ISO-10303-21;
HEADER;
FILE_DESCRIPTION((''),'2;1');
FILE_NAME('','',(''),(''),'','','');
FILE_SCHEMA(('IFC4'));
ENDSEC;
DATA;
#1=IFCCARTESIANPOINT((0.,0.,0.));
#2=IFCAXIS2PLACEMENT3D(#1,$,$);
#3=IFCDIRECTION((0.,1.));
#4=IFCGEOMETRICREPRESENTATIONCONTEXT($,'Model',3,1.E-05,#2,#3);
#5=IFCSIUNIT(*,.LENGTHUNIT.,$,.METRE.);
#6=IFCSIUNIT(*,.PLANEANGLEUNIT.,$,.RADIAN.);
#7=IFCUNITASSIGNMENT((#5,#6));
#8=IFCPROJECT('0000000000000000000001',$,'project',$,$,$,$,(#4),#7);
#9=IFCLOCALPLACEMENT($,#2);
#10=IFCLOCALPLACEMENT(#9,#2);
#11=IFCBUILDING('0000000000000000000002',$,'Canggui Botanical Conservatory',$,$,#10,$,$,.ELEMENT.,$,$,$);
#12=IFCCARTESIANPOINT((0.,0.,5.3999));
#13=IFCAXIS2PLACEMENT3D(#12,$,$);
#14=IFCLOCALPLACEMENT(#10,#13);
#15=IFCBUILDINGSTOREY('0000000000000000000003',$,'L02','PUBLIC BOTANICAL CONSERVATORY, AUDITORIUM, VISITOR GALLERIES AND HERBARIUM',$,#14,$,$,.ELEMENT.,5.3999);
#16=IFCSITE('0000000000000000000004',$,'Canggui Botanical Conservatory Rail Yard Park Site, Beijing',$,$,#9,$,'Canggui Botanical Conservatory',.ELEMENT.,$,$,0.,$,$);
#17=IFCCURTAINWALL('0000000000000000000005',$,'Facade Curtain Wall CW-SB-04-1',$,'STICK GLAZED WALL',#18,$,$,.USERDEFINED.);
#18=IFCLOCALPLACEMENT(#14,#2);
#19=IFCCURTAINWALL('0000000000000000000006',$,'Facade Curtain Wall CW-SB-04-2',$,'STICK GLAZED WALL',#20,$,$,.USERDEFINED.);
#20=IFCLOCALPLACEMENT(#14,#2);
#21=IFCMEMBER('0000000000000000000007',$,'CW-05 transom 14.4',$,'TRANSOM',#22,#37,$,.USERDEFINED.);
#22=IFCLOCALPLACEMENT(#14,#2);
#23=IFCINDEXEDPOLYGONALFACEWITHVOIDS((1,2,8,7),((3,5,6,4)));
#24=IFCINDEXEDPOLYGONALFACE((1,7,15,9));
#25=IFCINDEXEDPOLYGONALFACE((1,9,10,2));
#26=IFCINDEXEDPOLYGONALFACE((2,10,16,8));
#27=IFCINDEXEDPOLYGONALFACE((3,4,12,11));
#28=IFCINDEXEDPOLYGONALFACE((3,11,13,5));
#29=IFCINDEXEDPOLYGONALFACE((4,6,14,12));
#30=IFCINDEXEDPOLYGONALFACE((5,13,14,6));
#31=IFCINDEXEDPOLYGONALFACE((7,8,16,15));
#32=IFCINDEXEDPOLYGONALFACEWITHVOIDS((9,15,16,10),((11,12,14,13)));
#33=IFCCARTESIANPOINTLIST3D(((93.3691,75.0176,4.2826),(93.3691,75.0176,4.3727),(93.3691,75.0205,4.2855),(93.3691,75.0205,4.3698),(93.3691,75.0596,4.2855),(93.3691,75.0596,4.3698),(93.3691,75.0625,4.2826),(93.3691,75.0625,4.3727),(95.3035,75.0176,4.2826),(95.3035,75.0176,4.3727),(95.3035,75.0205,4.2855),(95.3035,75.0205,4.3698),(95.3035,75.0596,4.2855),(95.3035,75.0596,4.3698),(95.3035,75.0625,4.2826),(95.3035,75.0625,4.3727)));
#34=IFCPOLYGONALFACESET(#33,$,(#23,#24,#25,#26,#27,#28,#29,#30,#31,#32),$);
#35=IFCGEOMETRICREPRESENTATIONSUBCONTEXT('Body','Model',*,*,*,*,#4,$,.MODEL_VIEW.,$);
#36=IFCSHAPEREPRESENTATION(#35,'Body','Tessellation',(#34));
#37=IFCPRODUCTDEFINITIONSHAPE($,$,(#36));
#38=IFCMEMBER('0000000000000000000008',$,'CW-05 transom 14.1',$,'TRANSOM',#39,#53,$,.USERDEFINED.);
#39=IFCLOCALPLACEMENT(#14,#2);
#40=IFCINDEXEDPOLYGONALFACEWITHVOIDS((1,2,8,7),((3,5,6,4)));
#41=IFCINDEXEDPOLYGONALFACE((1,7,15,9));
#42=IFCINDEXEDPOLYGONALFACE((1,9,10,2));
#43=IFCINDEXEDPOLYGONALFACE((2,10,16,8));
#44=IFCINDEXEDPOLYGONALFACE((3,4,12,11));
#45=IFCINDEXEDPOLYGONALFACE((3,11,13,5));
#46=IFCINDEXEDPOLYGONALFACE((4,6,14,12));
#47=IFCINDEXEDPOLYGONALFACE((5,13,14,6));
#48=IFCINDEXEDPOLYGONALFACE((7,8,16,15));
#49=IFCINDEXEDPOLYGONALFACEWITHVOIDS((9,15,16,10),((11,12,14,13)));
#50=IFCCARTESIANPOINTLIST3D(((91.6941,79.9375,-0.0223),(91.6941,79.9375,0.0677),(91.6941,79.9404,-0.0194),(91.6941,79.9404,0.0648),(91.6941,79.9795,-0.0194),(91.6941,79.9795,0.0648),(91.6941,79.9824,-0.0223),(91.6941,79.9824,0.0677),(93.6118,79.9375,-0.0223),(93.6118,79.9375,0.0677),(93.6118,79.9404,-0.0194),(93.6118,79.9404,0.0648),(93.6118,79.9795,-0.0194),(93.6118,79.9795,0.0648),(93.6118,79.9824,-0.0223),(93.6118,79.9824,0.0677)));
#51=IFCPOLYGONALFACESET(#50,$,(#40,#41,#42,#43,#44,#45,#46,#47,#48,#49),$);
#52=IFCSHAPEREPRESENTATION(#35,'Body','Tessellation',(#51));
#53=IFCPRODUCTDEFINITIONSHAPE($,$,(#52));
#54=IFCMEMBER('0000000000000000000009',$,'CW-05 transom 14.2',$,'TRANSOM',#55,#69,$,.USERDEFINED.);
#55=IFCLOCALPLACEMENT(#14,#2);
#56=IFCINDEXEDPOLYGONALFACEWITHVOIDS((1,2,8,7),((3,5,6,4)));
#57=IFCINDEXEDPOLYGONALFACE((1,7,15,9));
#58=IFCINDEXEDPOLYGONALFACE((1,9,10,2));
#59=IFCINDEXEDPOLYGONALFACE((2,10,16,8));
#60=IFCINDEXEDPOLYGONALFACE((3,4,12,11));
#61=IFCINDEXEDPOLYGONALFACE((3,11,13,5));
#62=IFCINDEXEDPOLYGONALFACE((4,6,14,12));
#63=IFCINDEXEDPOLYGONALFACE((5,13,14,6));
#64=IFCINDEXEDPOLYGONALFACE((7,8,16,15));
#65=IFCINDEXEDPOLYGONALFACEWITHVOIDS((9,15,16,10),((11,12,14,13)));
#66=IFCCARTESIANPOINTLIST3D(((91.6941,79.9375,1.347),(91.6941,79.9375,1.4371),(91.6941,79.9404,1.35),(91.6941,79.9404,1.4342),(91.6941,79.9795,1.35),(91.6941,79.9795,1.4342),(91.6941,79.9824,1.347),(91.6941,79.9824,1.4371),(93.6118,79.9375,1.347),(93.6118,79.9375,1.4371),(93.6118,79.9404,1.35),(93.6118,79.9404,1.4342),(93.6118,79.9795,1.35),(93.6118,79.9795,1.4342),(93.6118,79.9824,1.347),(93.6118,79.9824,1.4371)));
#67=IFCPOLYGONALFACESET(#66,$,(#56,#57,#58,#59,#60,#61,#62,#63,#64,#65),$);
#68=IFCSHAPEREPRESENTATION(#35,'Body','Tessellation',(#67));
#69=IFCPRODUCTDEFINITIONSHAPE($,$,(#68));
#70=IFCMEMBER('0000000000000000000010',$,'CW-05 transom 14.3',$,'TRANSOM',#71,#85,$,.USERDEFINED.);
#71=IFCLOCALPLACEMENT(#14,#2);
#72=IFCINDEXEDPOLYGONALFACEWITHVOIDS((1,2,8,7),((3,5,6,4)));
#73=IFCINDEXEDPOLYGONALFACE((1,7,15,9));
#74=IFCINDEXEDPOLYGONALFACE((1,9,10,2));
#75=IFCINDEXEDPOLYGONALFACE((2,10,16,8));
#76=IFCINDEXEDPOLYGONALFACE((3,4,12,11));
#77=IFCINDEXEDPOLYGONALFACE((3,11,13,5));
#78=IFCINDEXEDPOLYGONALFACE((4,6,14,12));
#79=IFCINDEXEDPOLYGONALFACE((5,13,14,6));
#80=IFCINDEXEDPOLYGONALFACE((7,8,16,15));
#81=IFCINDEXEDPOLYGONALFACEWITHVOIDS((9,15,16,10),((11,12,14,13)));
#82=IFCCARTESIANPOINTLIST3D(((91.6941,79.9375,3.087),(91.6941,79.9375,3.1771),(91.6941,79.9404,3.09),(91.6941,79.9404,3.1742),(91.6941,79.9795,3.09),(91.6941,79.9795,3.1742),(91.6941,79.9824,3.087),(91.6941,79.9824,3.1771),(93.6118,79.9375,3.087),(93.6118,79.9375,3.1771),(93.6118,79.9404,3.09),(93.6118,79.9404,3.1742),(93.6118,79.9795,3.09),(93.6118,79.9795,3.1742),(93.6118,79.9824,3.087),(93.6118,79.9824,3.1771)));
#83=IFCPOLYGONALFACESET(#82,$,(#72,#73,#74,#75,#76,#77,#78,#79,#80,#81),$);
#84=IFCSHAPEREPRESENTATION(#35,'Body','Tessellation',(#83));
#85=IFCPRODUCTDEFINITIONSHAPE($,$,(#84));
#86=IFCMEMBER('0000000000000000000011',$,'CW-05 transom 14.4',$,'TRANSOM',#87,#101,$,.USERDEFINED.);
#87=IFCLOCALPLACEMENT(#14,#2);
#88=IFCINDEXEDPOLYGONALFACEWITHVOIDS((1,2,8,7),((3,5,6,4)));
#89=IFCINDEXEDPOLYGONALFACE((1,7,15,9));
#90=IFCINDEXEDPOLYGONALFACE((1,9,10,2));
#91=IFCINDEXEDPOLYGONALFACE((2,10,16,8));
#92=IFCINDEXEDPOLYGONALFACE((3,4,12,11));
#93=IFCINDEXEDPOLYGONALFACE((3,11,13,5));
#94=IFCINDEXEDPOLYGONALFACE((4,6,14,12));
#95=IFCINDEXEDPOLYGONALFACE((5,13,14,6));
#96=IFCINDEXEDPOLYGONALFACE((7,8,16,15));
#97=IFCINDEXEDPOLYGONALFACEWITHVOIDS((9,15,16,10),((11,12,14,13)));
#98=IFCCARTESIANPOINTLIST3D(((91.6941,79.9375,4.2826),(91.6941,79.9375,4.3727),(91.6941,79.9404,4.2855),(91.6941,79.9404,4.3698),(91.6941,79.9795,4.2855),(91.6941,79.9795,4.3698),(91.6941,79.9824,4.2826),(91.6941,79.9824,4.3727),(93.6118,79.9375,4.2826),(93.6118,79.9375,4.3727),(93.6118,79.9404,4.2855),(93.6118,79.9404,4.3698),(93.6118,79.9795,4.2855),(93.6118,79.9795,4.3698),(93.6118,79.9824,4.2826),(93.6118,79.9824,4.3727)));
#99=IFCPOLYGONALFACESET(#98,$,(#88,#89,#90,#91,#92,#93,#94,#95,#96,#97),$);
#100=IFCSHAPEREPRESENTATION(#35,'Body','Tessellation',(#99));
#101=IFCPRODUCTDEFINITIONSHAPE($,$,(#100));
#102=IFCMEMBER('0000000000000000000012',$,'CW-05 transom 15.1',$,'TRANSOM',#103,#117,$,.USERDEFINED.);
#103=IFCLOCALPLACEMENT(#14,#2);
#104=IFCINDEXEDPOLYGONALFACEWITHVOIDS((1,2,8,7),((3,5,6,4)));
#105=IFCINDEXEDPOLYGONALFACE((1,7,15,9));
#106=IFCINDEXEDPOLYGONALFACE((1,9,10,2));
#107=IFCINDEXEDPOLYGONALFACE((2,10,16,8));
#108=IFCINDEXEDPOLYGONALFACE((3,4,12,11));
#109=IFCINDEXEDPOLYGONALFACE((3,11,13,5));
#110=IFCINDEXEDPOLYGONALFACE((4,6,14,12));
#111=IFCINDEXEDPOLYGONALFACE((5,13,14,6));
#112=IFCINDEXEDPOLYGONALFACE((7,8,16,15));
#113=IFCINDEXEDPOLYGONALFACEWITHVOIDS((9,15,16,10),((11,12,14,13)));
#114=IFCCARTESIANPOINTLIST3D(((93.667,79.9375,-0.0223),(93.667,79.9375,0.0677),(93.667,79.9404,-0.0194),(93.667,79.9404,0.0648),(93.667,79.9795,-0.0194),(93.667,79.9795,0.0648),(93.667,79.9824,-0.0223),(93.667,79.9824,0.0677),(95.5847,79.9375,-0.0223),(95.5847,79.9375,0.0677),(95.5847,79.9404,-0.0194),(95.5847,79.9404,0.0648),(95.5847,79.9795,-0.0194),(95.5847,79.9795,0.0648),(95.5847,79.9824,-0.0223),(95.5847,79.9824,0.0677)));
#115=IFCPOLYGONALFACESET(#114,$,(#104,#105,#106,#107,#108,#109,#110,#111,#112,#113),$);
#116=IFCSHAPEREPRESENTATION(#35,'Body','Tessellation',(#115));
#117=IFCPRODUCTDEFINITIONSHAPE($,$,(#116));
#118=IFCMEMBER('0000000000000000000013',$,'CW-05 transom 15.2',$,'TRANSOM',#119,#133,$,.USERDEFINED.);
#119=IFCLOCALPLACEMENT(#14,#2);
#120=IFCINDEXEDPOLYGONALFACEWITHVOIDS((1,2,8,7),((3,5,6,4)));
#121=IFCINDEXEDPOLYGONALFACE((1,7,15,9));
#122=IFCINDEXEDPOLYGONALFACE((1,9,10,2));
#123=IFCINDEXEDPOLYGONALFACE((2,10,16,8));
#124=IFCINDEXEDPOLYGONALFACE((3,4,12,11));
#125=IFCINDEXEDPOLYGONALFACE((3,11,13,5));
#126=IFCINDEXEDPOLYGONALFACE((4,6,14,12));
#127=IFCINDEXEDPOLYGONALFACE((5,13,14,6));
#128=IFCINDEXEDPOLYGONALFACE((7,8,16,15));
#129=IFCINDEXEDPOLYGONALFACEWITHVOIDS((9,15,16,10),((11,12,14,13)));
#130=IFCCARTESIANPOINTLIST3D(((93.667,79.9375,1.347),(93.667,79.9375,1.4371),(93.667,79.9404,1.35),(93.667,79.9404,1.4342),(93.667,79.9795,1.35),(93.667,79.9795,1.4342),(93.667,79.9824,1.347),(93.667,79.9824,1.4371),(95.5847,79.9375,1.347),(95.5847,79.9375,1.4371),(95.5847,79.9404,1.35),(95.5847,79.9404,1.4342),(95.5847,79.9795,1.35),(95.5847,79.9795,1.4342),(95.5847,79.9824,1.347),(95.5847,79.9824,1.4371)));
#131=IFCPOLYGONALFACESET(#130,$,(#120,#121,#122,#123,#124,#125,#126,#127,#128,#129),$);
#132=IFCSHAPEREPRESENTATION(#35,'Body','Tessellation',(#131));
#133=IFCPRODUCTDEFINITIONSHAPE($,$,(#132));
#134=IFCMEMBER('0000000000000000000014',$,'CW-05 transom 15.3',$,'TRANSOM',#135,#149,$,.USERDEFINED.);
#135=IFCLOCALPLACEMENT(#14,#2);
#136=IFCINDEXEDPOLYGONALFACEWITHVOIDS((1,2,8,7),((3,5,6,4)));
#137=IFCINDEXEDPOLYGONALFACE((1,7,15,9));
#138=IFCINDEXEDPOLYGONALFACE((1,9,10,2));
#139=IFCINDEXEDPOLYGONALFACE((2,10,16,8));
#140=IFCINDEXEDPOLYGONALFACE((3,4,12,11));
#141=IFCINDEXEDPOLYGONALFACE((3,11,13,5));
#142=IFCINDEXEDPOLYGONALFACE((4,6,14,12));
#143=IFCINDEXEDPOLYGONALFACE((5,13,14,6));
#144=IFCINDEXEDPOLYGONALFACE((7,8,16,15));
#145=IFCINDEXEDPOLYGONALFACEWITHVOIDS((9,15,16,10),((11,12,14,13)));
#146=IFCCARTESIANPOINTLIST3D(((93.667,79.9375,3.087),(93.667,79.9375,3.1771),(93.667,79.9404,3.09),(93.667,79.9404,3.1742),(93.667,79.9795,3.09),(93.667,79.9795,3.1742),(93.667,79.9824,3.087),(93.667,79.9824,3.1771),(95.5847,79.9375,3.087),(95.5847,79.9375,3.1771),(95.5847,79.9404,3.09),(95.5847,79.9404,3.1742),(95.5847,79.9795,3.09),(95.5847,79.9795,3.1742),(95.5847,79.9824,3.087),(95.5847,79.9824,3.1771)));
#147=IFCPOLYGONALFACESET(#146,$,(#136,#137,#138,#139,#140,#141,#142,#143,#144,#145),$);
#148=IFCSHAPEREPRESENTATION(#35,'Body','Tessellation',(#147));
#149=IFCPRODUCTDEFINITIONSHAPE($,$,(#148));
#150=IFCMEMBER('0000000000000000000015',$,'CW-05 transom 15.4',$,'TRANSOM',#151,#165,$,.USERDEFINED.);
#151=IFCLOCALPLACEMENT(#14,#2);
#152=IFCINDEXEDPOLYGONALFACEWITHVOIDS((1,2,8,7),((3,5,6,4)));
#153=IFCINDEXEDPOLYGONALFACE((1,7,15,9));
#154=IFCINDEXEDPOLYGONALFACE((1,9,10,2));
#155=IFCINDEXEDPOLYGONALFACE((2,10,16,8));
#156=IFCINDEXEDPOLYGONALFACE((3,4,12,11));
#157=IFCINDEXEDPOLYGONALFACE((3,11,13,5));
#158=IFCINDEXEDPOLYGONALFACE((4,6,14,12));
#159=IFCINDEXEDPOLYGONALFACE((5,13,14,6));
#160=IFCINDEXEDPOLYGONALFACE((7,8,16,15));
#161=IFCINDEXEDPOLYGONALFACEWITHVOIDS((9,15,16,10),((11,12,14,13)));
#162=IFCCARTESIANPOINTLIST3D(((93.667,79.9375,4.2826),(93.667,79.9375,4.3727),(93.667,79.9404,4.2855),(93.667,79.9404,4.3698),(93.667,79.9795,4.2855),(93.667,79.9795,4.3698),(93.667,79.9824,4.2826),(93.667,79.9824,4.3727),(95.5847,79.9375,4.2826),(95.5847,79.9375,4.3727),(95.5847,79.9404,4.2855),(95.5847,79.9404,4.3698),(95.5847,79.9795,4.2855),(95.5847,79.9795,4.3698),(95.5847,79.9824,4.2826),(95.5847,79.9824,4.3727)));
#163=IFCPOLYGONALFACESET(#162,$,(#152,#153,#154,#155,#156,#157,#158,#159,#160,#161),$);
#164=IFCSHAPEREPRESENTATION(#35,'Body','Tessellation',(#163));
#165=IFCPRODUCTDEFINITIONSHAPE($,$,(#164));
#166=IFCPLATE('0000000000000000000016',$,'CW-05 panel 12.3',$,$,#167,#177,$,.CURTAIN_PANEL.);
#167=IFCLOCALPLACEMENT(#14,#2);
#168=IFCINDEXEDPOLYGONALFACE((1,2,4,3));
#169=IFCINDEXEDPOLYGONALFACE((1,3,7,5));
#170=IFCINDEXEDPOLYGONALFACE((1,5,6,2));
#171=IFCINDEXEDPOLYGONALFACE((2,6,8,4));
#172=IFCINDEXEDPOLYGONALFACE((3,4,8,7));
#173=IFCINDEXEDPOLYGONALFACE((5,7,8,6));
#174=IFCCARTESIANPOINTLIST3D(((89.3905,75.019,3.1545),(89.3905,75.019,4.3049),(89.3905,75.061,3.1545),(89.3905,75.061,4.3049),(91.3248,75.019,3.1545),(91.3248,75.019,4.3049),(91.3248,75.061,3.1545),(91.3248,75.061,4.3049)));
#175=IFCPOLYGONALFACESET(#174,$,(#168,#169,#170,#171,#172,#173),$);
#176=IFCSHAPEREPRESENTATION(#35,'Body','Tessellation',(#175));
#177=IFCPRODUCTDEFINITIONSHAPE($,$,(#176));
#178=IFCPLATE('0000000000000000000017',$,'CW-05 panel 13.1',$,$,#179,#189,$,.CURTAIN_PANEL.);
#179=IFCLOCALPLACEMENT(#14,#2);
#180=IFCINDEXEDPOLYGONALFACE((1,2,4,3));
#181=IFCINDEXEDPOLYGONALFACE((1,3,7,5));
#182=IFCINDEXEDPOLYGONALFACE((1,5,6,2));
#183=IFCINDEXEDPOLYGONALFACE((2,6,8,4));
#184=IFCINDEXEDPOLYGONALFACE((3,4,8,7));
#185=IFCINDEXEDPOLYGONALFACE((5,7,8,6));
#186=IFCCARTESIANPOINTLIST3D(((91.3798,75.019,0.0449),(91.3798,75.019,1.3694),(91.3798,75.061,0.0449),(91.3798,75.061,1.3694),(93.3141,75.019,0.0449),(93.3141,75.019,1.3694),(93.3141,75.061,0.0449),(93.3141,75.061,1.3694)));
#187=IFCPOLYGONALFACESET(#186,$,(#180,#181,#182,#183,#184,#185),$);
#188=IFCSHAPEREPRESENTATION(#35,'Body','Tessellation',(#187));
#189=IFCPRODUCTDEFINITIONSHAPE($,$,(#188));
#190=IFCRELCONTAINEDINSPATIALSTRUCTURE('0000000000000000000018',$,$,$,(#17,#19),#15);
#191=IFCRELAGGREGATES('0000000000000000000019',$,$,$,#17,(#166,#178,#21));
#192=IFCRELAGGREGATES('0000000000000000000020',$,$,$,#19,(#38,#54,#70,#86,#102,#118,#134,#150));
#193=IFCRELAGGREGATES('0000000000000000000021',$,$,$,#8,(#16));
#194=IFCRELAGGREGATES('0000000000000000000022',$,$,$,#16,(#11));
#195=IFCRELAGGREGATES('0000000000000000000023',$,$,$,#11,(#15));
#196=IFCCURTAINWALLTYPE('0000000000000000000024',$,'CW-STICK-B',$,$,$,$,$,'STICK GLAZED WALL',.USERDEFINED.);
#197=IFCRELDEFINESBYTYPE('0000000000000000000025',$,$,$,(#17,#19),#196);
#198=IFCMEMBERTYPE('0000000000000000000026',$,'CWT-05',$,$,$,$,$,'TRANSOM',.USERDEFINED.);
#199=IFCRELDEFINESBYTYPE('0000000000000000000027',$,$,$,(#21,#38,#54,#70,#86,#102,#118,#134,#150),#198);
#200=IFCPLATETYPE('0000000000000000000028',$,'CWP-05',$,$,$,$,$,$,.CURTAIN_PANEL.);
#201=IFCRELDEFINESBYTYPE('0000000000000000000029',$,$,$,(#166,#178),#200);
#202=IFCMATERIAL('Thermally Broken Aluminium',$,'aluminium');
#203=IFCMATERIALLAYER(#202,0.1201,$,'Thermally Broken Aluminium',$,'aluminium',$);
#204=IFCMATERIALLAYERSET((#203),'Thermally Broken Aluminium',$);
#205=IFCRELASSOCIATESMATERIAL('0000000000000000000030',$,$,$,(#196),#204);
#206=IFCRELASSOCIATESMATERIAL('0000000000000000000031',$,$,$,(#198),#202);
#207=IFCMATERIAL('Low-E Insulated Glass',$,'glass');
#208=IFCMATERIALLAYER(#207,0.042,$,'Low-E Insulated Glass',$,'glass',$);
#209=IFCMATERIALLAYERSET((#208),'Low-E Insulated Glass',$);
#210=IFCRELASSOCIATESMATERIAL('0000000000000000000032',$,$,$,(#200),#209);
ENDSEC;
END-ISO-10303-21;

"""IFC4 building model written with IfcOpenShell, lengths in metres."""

from ifc_helpers import new_model, si_unit, direction, frame, origin, origin_2d, place, context, subcontext, project, spatial, rectangle, hollow_rectangle, extrude, material, layer, layer_set, material_profile, profile_set, type_object, element, aggregate, save


model = new_model("IFC4")

# Units and contexts
model_context = context("Model", 3, precision=1e-05, world=origin(), true_north=direction((0.0, 1.0)))
body_context = subcontext(model_context, "Body", "Model", "MODEL_VIEW")
ifc_project = project(units=[si_unit("LENGTHUNIT", "METRE"), si_unit("PLANEANGLEUNIT", "RADIAN")], contexts=[model_context])

# Site, building, storey
site_placement = place(None, origin())
site = spatial("IfcSite", under=ifc_project, at=site_placement, Name="Canggui Botanical Conservatory Rail Yard Park Site, Beijing", LongName="Canggui Botanical Conservatory", CompositionType="ELEMENT", RefElevation=0.0)
building_placement = place(site_placement, origin())
building = spatial("IfcBuilding", under=site, at=building_placement, Name="Canggui Botanical Conservatory", CompositionType="ELEMENT")
storey_placement = place(building_placement, frame((0.0, 0.0, 5.3999)))
storey = spatial("IfcBuildingStorey", under=building, at=storey_placement, Name="L02", Description="PUBLIC BOTANICAL CONSERVATORY, AUDITORIUM, VISITOR GALLERIES AND HERBARIUM", CompositionType="ELEMENT", Elevation=5.3999)

# Curtain walls
ifc_material_1 = material(Name="Thermally Broken Aluminium", Category="aluminium")
ifc_layer_1 = layer(ifc_material_1, 0.1201, Name="Thermally Broken Aluminium", Category="aluminium")
ifc_layer_set_1 = layer_set([ifc_layer_1], Name="Thermally Broken Aluminium")
curtain_wall_type = type_object("IfcCurtainWallType", Name="CW-STICK-B", ElementType="STICK GLAZED WALL", PredefinedType="USERDEFINED", material=ifc_layer_set_1)
curtain_wall_1_placement = place(storey_placement, origin())
curtain_wall_1 = element("IfcCurtainWall", 1, at=curtain_wall_1_placement, inside=storey, type_object=curtain_wall_type, Name="Facade Curtain Wall CW-SB-04-1", ObjectType="STICK GLAZED WALL", PredefinedType="USERDEFINED")
curtain_wall_2_placement = place(storey_placement, origin())
curtain_wall_2 = element("IfcCurtainWall", 2, at=curtain_wall_2_placement, inside=storey, type_object=curtain_wall_type, Name="Facade Curtain Wall CW-SB-04-2", ObjectType="STICK GLAZED WALL", PredefinedType="USERDEFINED")

# Members
ifc_material_profile_1 = material_profile(ifc_material_1, hollow_rectangle(XDim=0.0449, YDim=0.0901, WallThickness=0.0029, at=origin_2d()), Name="CWT 45x90x3")
ifc_profile_set_1 = profile_set([ifc_material_profile_1], Name="Thermally Broken Aluminium")
member_type_1 = type_object("IfcMemberType", Name="CWT-05", ElementType="TRANSOM", PredefinedType="USERDEFINED", material=ifc_profile_set_1)
member_1_placement = place(storey_placement, frame((93.3691, 75.04, 4.3276), z_axis=(1.0, 0.0, 0.0), x_axis=(0.0, 1.0, 0.0)))
member_1 = element("IfcMember", 3, at=member_1_placement, type_object=member_type_1, Name="CW-05 transom 14.4", ObjectType="TRANSOM", PredefinedType="USERDEFINED", context=body_context, shape_type="SweptSolid", body=[
    extrude(hollow_rectangle(XDim=0.0449, YDim=0.0901, WallThickness=0.0029, at=origin_2d()), origin(), (0.0, 0.0, 1.0), 1.9343),
])
member_2_placement = place(storey_placement, frame((91.6941, 79.96, 0.0227), z_axis=(1.0, 0.0, 0.0), x_axis=(0.0, 1.0, 0.0)))
member_2 = element("IfcMember", 4, at=member_2_placement, type_object=member_type_1, Name="CW-05 transom 14.1", ObjectType="TRANSOM", PredefinedType="USERDEFINED", context=body_context, shape_type="SweptSolid", body=[
    extrude(hollow_rectangle(XDim=0.0449, YDim=0.0901, WallThickness=0.0029, at=origin_2d()), origin(), (0.0, 0.0, 1.0), 1.9177),
])
member_3_placement = place(storey_placement, frame((91.6941, 79.96, 1.3921), z_axis=(1.0, 0.0, 0.0), x_axis=(0.0, 1.0, 0.0)))
member_3 = element("IfcMember", 5, at=member_3_placement, type_object=member_type_1, Name="CW-05 transom 14.2", ObjectType="TRANSOM", PredefinedType="USERDEFINED", context=body_context, shape_type="SweptSolid", body=[
    extrude(hollow_rectangle(XDim=0.0449, YDim=0.0901, WallThickness=0.0029, at=origin_2d()), origin(), (0.0, 0.0, 1.0), 1.9177),
])
member_4_placement = place(storey_placement, frame((91.6941, 79.96, 3.1321), z_axis=(1.0, 0.0, 0.0), x_axis=(0.0, 1.0, 0.0)))
member_4 = element("IfcMember", 6, at=member_4_placement, type_object=member_type_1, Name="CW-05 transom 14.3", ObjectType="TRANSOM", PredefinedType="USERDEFINED", context=body_context, shape_type="SweptSolid", body=[
    extrude(hollow_rectangle(XDim=0.0449, YDim=0.0901, WallThickness=0.0029, at=origin_2d()), origin(), (0.0, 0.0, 1.0), 1.9177),
])
member_5_placement = place(storey_placement, frame((91.6941, 79.96, 4.3276), z_axis=(1.0, 0.0, 0.0), x_axis=(0.0, 1.0, 0.0)))
member_5 = element("IfcMember", 7, at=member_5_placement, type_object=member_type_1, Name="CW-05 transom 14.4", ObjectType="TRANSOM", PredefinedType="USERDEFINED", context=body_context, shape_type="SweptSolid", body=[
    extrude(hollow_rectangle(XDim=0.0449, YDim=0.0901, WallThickness=0.0029, at=origin_2d()), origin(), (0.0, 0.0, 1.0), 1.9177),
])
member_6_placement = place(storey_placement, frame((93.667, 79.96, 0.0227), z_axis=(1.0, 0.0, 0.0), x_axis=(0.0, 1.0, 0.0)))
member_6 = element("IfcMember", 8, at=member_6_placement, type_object=member_type_1, Name="CW-05 transom 15.1", ObjectType="TRANSOM", PredefinedType="USERDEFINED", context=body_context, shape_type="SweptSolid", body=[
    extrude(hollow_rectangle(XDim=0.0449, YDim=0.0901, WallThickness=0.0029, at=origin_2d()), origin(), (0.0, 0.0, 1.0), 1.9177),
])
member_7_placement = place(storey_placement, frame((93.667, 79.96, 1.3921), z_axis=(1.0, 0.0, 0.0), x_axis=(0.0, 1.0, 0.0)))
member_7 = element("IfcMember", 9, at=member_7_placement, type_object=member_type_1, Name="CW-05 transom 15.2", ObjectType="TRANSOM", PredefinedType="USERDEFINED", context=body_context, shape_type="SweptSolid", body=[
    extrude(hollow_rectangle(XDim=0.0449, YDim=0.0901, WallThickness=0.0029, at=origin_2d()), origin(), (0.0, 0.0, 1.0), 1.9177),
])
member_8_placement = place(storey_placement, frame((93.667, 79.96, 3.1321), z_axis=(1.0, 0.0, 0.0), x_axis=(0.0, 1.0, 0.0)))
member_8 = element("IfcMember", 10, at=member_8_placement, type_object=member_type_1, Name="CW-05 transom 15.3", ObjectType="TRANSOM", PredefinedType="USERDEFINED", context=body_context, shape_type="SweptSolid", body=[
    extrude(hollow_rectangle(XDim=0.0449, YDim=0.0901, WallThickness=0.0029, at=origin_2d()), origin(), (0.0, 0.0, 1.0), 1.9177),
])
member_9_placement = place(storey_placement, frame((93.667, 79.96, 4.3276), z_axis=(1.0, 0.0, 0.0), x_axis=(0.0, 1.0, 0.0)))
member_9 = element("IfcMember", 11, at=member_9_placement, type_object=member_type_1, Name="CW-05 transom 15.4", ObjectType="TRANSOM", PredefinedType="USERDEFINED", context=body_context, shape_type="SweptSolid", body=[
    extrude(hollow_rectangle(XDim=0.0449, YDim=0.0901, WallThickness=0.0029, at=origin_2d()), origin(), (0.0, 0.0, 1.0), 1.9177),
])

# Plates
ifc_material_2 = material(Name="Low-E Insulated Glass", Category="glass")
ifc_layer_2 = layer(ifc_material_2, 0.042, Name="Low-E Insulated Glass", Category="glass")
ifc_layer_set_2 = layer_set([ifc_layer_2], Name="Low-E Insulated Glass")
plate_type = type_object("IfcPlateType", Name="CWP-05", PredefinedType="CURTAIN_PANEL", material=ifc_layer_set_2)
plate_1_placement = place(storey_placement, frame((90.3577, 75.04, 3.1545), z_axis=(0.0, 0.0, 1.0), x_axis=(1.0, 0.0, 0.0)))
plate_1 = element("IfcPlate", 12, at=plate_1_placement, type_object=plate_type, Name="CW-05 panel 12.3", PredefinedType="CURTAIN_PANEL", context=body_context, shape_type="SweptSolid", body=[
    extrude(rectangle(XDim=1.9343, YDim=0.042, at=origin_2d()), origin(), (0.0, 0.0, 1.0), 1.1504),
])
plate_2_placement = place(storey_placement, frame((92.3469, 75.04, 0.0449), z_axis=(0.0, 0.0, 1.0), x_axis=(1.0, 0.0, 0.0)))
plate_2 = element("IfcPlate", 13, at=plate_2_placement, type_object=plate_type, Name="CW-05 panel 13.1", PredefinedType="CURTAIN_PANEL", context=body_context, shape_type="SweptSolid", body=[
    extrude(rectangle(XDim=1.9343, YDim=0.042, at=origin_2d()), origin(), (0.0, 0.0, 1.0), 1.3245),
])
aggregate(curtain_wall_1, [plate_1, plate_2, member_1])
aggregate(curtain_wall_2, [member_2, member_3, member_4, member_5, member_6, member_7, member_8, member_9])

save(model, "model.ifc")
